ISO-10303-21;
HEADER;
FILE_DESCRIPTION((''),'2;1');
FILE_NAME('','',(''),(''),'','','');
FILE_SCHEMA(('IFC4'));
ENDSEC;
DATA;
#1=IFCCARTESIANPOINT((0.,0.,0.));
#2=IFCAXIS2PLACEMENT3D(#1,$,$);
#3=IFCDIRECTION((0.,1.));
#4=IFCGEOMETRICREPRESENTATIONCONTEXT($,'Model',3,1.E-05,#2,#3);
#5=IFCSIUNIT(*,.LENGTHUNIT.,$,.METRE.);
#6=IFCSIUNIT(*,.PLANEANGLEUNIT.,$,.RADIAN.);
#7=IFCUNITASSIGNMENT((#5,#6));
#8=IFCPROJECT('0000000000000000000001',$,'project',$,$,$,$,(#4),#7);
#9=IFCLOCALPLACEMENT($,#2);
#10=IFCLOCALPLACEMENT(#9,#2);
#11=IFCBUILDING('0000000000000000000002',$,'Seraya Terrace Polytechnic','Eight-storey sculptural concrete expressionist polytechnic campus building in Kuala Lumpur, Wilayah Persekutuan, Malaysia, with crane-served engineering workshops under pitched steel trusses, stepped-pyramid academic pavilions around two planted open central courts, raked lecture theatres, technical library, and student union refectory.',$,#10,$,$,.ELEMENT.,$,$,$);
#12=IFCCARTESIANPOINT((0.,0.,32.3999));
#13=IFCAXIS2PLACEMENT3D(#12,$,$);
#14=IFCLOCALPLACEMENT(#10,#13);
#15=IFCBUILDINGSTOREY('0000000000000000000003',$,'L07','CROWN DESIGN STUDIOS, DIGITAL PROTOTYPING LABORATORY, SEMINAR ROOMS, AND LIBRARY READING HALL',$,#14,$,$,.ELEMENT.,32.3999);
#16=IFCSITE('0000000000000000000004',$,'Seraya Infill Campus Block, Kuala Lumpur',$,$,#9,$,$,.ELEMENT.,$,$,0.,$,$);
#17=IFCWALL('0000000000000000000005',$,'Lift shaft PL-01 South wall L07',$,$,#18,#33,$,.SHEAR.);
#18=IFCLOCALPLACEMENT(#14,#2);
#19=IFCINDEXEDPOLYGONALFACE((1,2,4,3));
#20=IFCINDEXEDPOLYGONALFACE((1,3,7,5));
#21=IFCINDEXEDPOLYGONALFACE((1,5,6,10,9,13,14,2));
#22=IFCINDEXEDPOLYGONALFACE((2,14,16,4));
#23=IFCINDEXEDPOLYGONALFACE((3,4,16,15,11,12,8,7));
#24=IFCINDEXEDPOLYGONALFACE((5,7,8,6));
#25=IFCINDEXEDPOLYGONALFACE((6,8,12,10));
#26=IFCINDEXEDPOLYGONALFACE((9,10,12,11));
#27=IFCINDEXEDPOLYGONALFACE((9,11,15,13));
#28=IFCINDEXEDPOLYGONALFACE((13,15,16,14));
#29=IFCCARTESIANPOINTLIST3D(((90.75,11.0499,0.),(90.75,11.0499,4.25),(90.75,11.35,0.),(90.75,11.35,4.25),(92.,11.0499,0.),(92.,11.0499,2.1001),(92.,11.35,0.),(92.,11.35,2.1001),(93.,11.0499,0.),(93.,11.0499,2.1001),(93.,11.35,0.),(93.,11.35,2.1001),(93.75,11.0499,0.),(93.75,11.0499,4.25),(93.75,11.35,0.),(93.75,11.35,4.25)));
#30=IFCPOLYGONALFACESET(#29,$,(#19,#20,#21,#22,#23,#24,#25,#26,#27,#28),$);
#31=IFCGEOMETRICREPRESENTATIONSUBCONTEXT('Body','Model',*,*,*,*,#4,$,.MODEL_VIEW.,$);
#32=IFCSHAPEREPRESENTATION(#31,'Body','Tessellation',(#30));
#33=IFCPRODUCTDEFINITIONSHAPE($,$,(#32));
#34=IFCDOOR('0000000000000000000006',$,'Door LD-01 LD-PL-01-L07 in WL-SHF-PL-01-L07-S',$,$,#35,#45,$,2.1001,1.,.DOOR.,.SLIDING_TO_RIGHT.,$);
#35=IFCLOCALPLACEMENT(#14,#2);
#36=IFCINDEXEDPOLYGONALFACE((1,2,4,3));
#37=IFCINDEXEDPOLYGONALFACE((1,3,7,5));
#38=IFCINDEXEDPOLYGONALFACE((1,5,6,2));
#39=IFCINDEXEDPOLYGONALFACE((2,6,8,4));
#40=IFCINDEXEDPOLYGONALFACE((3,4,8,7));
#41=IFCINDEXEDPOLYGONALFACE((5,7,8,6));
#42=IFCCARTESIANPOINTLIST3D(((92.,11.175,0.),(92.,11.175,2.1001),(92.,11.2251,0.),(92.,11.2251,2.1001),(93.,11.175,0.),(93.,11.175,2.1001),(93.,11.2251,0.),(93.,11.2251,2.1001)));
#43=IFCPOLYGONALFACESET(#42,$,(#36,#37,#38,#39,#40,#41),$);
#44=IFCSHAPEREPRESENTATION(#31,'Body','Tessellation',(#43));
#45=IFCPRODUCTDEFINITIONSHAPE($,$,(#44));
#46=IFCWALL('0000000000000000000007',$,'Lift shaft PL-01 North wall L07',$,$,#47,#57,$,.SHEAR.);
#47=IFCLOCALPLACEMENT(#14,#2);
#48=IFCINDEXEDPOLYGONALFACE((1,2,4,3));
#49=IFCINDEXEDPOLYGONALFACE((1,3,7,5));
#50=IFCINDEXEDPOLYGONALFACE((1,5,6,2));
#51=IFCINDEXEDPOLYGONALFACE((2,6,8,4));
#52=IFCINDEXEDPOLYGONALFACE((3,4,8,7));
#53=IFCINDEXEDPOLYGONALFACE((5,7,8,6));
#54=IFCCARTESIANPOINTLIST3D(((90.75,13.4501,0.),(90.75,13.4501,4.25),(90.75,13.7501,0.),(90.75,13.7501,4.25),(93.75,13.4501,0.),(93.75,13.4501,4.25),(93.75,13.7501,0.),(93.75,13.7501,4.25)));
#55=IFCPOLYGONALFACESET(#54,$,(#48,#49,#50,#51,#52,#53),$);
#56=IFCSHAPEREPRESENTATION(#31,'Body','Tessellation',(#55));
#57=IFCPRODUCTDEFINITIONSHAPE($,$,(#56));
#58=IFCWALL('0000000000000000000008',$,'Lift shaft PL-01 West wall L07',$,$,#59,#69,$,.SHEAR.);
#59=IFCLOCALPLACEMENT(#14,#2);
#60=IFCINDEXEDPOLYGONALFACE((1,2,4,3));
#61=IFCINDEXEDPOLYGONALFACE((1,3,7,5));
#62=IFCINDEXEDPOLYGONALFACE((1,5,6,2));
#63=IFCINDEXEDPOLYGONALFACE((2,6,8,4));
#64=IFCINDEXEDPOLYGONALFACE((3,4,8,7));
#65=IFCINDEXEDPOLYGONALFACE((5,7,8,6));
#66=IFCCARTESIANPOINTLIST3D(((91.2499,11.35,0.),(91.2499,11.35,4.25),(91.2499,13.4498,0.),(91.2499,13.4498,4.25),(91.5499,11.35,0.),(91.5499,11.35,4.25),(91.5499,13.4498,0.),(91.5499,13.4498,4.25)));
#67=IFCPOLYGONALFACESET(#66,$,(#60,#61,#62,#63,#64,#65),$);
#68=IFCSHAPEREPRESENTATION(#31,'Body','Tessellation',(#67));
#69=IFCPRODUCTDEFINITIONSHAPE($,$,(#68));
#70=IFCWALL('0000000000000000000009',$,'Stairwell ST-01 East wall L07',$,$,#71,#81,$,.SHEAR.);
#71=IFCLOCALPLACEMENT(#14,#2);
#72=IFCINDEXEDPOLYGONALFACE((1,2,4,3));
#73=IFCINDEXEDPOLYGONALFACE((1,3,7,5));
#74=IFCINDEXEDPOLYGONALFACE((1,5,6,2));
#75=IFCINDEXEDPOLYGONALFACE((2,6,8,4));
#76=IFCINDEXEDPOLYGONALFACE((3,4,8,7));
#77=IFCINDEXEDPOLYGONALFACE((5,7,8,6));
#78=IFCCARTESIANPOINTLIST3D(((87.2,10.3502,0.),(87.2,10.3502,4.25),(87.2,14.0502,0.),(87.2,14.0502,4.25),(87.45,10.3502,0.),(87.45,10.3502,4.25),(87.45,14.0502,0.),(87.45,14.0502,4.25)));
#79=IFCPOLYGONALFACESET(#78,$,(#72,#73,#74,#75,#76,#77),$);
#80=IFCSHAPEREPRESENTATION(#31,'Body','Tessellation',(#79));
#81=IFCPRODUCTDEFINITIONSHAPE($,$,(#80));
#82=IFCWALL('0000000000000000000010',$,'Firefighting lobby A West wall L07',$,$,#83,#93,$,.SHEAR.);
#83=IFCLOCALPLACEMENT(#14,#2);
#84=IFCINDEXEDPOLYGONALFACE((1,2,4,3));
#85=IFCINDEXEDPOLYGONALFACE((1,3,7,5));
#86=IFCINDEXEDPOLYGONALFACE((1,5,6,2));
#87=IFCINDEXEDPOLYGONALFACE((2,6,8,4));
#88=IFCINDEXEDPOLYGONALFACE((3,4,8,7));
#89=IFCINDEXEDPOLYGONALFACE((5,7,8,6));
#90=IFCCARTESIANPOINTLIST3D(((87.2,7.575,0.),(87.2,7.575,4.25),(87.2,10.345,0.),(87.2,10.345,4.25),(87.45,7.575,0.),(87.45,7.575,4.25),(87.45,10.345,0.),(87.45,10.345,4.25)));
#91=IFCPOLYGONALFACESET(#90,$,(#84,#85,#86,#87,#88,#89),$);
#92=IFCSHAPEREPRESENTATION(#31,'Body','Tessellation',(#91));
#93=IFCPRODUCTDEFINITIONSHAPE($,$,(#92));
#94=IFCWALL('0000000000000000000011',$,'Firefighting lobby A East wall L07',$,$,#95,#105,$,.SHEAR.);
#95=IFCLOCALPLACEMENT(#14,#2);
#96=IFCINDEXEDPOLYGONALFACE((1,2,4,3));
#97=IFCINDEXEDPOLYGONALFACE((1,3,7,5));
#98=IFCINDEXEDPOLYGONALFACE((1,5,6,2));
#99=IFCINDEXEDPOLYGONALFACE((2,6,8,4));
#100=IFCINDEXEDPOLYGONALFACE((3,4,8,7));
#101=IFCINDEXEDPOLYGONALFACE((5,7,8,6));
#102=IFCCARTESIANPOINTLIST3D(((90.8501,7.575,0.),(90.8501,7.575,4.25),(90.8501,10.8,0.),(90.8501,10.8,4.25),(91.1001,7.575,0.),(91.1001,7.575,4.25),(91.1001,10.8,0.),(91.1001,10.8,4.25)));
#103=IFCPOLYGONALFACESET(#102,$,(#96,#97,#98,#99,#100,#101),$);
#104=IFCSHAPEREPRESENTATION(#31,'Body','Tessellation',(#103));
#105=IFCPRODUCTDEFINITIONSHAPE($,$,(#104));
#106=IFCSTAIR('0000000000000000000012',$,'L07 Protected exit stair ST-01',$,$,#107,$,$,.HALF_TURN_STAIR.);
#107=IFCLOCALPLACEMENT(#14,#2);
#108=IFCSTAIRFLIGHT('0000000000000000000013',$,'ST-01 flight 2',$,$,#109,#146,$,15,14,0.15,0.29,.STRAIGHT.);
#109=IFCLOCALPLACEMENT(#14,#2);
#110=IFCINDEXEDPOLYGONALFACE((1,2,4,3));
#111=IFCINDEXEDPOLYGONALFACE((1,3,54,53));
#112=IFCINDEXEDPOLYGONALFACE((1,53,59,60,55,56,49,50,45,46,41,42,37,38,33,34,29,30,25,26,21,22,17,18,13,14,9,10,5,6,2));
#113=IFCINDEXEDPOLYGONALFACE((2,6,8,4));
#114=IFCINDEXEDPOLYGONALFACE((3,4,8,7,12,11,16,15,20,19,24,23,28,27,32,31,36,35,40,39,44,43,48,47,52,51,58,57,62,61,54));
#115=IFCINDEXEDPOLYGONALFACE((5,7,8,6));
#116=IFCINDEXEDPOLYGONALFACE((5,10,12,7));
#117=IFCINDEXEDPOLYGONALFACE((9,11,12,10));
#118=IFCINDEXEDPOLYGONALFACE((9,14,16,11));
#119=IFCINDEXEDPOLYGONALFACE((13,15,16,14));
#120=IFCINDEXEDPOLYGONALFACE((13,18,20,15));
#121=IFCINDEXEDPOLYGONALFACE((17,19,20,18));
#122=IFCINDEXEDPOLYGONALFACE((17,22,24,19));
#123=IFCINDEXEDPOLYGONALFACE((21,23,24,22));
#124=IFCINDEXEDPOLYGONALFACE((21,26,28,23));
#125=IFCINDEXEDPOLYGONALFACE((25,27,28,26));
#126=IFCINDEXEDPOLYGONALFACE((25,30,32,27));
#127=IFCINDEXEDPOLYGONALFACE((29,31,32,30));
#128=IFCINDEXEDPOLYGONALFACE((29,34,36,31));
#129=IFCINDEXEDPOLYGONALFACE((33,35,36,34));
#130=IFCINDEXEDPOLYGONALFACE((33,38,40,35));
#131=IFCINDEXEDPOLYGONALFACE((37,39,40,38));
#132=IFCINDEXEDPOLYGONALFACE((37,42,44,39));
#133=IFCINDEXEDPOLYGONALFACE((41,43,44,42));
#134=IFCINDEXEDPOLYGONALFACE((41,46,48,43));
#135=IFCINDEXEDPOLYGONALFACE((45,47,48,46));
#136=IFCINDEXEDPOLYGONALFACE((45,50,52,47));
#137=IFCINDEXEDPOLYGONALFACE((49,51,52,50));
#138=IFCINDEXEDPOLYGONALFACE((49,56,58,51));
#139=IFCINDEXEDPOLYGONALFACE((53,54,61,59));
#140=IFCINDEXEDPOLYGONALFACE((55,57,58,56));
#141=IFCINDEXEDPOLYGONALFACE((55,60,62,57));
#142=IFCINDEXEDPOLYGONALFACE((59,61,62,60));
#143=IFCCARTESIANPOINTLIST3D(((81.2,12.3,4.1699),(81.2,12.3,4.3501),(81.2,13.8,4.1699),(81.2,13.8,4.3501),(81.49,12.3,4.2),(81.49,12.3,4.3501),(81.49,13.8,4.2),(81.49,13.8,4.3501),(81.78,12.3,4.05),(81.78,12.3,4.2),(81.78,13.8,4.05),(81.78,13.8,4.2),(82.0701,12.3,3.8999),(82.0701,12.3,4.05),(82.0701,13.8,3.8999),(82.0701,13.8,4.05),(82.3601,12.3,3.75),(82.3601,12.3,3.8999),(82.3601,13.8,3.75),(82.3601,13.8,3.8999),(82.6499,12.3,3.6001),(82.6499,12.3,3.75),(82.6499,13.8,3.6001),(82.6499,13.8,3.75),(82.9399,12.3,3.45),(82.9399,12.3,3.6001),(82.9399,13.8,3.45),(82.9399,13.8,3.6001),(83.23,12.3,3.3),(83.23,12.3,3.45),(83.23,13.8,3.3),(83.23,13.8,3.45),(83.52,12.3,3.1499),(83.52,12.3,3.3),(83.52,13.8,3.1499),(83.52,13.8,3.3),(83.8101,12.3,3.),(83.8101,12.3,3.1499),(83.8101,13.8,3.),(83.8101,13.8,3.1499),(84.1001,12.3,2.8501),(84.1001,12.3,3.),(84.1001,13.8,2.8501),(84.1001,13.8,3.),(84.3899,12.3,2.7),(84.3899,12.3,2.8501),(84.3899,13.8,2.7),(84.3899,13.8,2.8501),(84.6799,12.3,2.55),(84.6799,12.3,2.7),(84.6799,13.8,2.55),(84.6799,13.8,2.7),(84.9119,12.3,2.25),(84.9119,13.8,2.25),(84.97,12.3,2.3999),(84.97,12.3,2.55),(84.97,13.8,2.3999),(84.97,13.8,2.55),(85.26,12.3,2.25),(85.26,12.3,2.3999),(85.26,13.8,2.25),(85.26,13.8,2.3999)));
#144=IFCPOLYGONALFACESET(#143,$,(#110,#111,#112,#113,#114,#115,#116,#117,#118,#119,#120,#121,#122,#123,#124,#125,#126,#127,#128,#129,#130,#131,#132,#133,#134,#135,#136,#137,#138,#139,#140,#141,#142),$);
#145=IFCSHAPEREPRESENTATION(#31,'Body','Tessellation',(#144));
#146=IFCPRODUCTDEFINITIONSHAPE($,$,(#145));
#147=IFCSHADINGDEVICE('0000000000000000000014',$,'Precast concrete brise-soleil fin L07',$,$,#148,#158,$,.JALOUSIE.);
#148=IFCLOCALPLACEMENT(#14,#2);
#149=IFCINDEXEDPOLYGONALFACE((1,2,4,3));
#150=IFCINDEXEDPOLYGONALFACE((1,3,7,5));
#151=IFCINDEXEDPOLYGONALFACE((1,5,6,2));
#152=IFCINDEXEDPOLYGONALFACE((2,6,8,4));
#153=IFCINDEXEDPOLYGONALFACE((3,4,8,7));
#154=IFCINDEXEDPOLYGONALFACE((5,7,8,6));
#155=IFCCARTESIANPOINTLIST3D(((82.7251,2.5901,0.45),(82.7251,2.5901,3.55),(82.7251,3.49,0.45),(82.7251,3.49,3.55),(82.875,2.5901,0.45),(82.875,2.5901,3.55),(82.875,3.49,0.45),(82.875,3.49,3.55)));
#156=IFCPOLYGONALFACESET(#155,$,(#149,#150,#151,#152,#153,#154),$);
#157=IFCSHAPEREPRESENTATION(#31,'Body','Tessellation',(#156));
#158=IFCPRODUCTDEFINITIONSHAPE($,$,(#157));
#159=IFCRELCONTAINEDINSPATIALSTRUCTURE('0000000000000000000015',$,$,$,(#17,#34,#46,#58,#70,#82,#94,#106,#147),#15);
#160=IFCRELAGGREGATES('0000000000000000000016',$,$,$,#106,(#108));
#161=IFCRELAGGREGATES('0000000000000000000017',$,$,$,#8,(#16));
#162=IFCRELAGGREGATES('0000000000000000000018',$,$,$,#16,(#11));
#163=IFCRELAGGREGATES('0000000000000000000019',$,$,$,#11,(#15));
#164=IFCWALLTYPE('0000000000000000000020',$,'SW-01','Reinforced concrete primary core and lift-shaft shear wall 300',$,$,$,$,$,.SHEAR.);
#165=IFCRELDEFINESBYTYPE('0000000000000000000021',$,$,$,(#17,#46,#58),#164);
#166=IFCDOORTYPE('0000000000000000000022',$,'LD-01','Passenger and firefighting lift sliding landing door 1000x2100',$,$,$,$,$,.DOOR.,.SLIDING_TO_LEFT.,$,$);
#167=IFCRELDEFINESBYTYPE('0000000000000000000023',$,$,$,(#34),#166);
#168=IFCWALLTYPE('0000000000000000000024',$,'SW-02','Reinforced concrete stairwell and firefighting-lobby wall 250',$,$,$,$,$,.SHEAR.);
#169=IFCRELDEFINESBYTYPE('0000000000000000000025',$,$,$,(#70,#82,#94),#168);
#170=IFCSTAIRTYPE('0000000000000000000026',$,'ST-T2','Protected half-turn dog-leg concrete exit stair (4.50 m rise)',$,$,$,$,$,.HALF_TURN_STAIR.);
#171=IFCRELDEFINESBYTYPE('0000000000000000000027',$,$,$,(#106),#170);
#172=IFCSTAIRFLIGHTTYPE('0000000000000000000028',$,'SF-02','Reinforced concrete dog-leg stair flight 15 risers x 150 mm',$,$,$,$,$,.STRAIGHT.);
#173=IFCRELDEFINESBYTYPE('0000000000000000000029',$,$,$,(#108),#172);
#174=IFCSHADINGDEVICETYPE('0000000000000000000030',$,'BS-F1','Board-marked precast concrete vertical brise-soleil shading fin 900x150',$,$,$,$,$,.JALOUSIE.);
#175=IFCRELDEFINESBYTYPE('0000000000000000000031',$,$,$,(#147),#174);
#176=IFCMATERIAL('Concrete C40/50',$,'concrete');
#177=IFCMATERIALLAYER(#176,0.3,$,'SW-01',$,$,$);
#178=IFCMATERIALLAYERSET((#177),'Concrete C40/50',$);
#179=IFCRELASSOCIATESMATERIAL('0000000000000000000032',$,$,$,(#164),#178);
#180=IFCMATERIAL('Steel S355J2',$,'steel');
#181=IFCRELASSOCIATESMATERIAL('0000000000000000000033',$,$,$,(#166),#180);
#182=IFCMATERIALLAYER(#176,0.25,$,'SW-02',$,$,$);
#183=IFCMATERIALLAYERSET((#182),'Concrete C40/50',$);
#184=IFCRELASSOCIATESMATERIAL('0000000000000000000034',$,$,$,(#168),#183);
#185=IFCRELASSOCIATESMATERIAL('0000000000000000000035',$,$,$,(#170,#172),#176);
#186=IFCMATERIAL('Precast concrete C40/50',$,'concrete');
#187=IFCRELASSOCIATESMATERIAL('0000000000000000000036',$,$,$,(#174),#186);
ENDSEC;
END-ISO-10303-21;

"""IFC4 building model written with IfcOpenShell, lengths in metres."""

from ifc_helpers import new_model, si_unit, direction, frame, frame_2d, origin, origin_2d, place, context, subcontext, project, spatial, polyline, rectangle, outline, extrude, material, layer, layer_set, type_object, element, fill, aggregate, save


model = new_model("IFC4")

# Units and contexts
model_context = context("Model", 3, precision=1e-05, world=origin(), true_north=direction((0.0, 1.0)))
body_context = subcontext(model_context, "Body", "Model", "MODEL_VIEW")
ifc_project = project(units=[si_unit("LENGTHUNIT", "METRE"), si_unit("PLANEANGLEUNIT", "RADIAN")], contexts=[model_context])

# Site, building, storey
site_placement = place(None, origin())
site = spatial("IfcSite", under=ifc_project, at=site_placement, Name="Seraya Infill Campus Block, Kuala Lumpur", CompositionType="ELEMENT", RefElevation=0.0)
building_placement = place(site_placement, origin())
building = spatial("IfcBuilding", under=site, at=building_placement, Name="Seraya Terrace Polytechnic", Description="Eight-storey sculptural concrete expressionist polytechnic campus building in Kuala Lumpur, Wilayah Persekutuan, Malaysia, with crane-served engineering workshops under pitched steel trusses, stepped-pyramid academic pavilions around two planted open central courts, raked lecture theatres, technical library, and student union refectory.", CompositionType="ELEMENT")
storey_placement = place(building_placement, frame((0.0, 0.0, 32.3999)))
storey = spatial("IfcBuildingStorey", under=building, at=storey_placement, Name="L07", Description="CROWN DESIGN STUDIOS, DIGITAL PROTOTYPING LABORATORY, SEMINAR ROOMS, AND LIBRARY READING HALL", CompositionType="ELEMENT", Elevation=32.3999)

# Shared definitions
ifc_material_1 = material(Name="Concrete C40/50", Category="concrete")

# Shared definitions
ifc_material_2 = material(Name="Precast concrete C40/50", Category="concrete")

# Shared definitions
ifc_layer_1 = layer(ifc_material_1, 0.3, Name="SW-01")
ifc_layer_set_1 = layer_set([ifc_layer_1], Name="Concrete C40/50")
wall_type_1 = type_object("IfcWallType", Name="SW-01", Description="Reinforced concrete primary core and lift-shaft shear wall 300", PredefinedType="SHEAR", material=ifc_layer_set_1)
ifc_material_3 = material(Name="Steel S355J2", Category="steel")
door_type_1 = type_object("IfcDoorType", Name="LD-01", Description="Passenger and firefighting lift sliding landing door 1000x2100", OperationType="SLIDING_TO_LEFT", PredefinedType="DOOR", material=ifc_material_3)

# Wall, opening, door
wall_1_placement = place(storey_placement, frame((90.75, 11.2, 0.0), z_axis=(0.0, 0.0, 1.0), x_axis=(1.0, 0.0, 0.0)))
wall_1 = element("IfcWall", 1, at=wall_1_placement, inside=storey, type_object=wall_type_1, Name="Lift shaft PL-01 South wall L07", PredefinedType="SHEAR", context=body_context, shape_type="SweptSolid", body=[
    extrude(rectangle(XDim=3.0, YDim=0.3, at=frame_2d((1.5, 0.0))), origin(), (0.0, 0.0, 1.0), 4.25),
])
opening_1_placement = place(wall_1_placement, frame((1.25, 0.0, 0.0)))
opening_1 = element("IfcOpeningElement", 2, at=opening_1_placement, cuts=wall_1, PredefinedType="OPENING", context=body_context, shape_type="SweptSolid", body=[
    extrude(rectangle(XDim=1.0, YDim=2.1001, at=frame_2d((0.5, 1.05))), frame((0.0, 0.1621, 0.0), z_axis=(0.0, -1.0, 0.0), x_axis=(1.0, 0.0, 0.0)), (0.0, 0.0, 1.0), 0.324),
])
door_1_placement = place(opening_1_placement, frame((1.0, 0.0, 0.0), z_axis=(0.0, 0.0, 1.0), x_axis=(-1.0, 0.0, 0.0)))
door_1 = element("IfcDoor", 3, at=door_1_placement, inside=storey, type_object=door_type_1, Name="Door LD-01 LD-PL-01-L07 in WL-SHF-PL-01-L07-S", OperationType="SLIDING_TO_RIGHT", OverallHeight=2.1001, OverallWidth=1.0, PredefinedType="DOOR", context=body_context, shape_type="SweptSolid", body=[
    extrude(rectangle(XDim=1.0, YDim=2.1001, at=frame_2d((0.5, 1.05))), frame((0.0, 0.0249, 0.0), z_axis=(0.0, -1.0, 0.0), x_axis=(1.0, 0.0, 0.0)), (0.0, 0.0, 1.0), 0.05),
])
fill(opening_1, door_1)

# Walls
wall_2_placement = place(storey_placement, frame((90.75, 13.6001, 0.0), z_axis=(0.0, 0.0, 1.0), x_axis=(1.0, 0.0, 0.0)))
element("IfcWall", 4, at=wall_2_placement, inside=storey, type_object=wall_type_1, Name="Lift shaft PL-01 North wall L07", PredefinedType="SHEAR", context=body_context, shape_type="SweptSolid", body=[
    extrude(rectangle(XDim=3.0, YDim=0.3, at=frame_2d((1.5, 0.0))), origin(), (0.0, 0.0, 1.0), 4.25),
])
wall_3_placement = place(storey_placement, frame((91.3999, 11.3501, 0.0), z_axis=(0.0, 0.0, 1.0), x_axis=(0.0, 1.0, 0.0)))
element("IfcWall", 5, at=wall_3_placement, inside=storey, type_object=wall_type_1, Name="Lift shaft PL-01 West wall L07", PredefinedType="SHEAR", context=body_context, shape_type="SweptSolid", body=[
    extrude(rectangle(XDim=2.0999, YDim=0.3, at=frame_2d((1.0498, 0.0))), origin(), (0.0, 0.0, 1.0), 4.25),
])
ifc_layer_2 = layer(ifc_material_1, 0.25, Name="SW-02")
ifc_layer_set_2 = layer_set([ifc_layer_2], Name="Concrete C40/50")
wall_type_2 = type_object("IfcWallType", Name="SW-02", Description="Reinforced concrete stairwell and firefighting-lobby wall 250", PredefinedType="SHEAR", material=ifc_layer_set_2)
wall_4_placement = place(storey_placement, frame((87.325, 10.3501, 0.0), z_axis=(0.0, 0.0, 1.0), x_axis=(0.0, 1.0, 0.0)))
element("IfcWall", 6, at=wall_4_placement, inside=storey, type_object=wall_type_2, Name="Stairwell ST-01 East wall L07", PredefinedType="SHEAR", context=body_context, shape_type="SweptSolid", body=[
    extrude(rectangle(XDim=3.7, YDim=0.25, at=frame_2d((1.8501, 0.0))), origin(), (0.0, 0.0, 1.0), 4.25),
])

# Walls
wall_5_placement = place(storey_placement, frame((87.325, 7.575, 0.0), z_axis=(0.0, 0.0, 1.0), x_axis=(0.0, 1.0, 0.0)))
element("IfcWall", 7, at=wall_5_placement, inside=storey, type_object=wall_type_2, Name="Firefighting lobby A West wall L07", PredefinedType="SHEAR", context=body_context, shape_type="SweptSolid", body=[
    extrude(rectangle(XDim=2.77, YDim=0.25, at=frame_2d((1.385, 0.0))), origin(), (0.0, 0.0, 1.0), 4.25),
])
wall_6_placement = place(storey_placement, frame((90.9751, 7.575, 0.0), z_axis=(0.0, 0.0, 1.0), x_axis=(0.0, 1.0, 0.0)))
element("IfcWall", 8, at=wall_6_placement, inside=storey, type_object=wall_type_2, Name="Firefighting lobby A East wall L07", PredefinedType="SHEAR", context=body_context, shape_type="SweptSolid", body=[
    extrude(rectangle(XDim=3.2251, YDim=0.25, at=frame_2d((1.6125, 0.0))), origin(), (0.0, 0.0, 1.0), 4.25),
])

# Stair, stair flight
stair_type = type_object("IfcStairType", Name="ST-T2", Description="Protected half-turn dog-leg concrete exit stair (4.50 m rise)", PredefinedType="HALF_TURN_STAIR", material=ifc_material_1)
stair_placement = place(storey_placement, origin())
stair = element("IfcStair", 9, at=stair_placement, inside=storey, type_object=stair_type, Name="L07 Protected exit stair ST-01", PredefinedType="HALF_TURN_STAIR")
stair_flight_type = type_object("IfcStairFlightType", Name="SF-02", Description="Reinforced concrete dog-leg stair flight 15 risers x 150 mm", PredefinedType="STRAIGHT", material=ifc_material_1)
stair_flight_placement = place(storey_placement, frame((85.26, 13.05, 2.25), z_axis=(0.0, 0.0, 1.0), x_axis=(-1.0, 0.0, 0.0)))
stair_flight = element("IfcStairFlight", 10, at=stair_flight_placement, type_object=stair_flight_type, Name="ST-01 flight 2", NumberOfRisers=15, NumberOfTreads=14, PredefinedType="STRAIGHT", RiserHeight=0.15, TreadLength=0.29, context=body_context, shape_type="SweptSolid", body=[
    extrude(outline(polyline([(0.0, 0.0), (0.0, 0.1499), (0.29, 0.1499), (0.29, 0.3), (0.5801, 0.3), (0.5801, 0.45), (0.8701, 0.45), (0.8701, 0.6001), (1.1599, 0.6001), (1.1599, 0.75), (1.45, 0.75), (1.45, 0.8999), (1.74, 0.8999), (1.74, 1.05), (2.03, 1.05), (2.03, 1.2), (2.3201, 1.2), (2.3201, 1.3501), (2.6101, 1.3501), (2.6101, 1.5), (2.8999, 1.5), (2.8999, 1.6499), (3.1899, 1.6499), (3.1899, 1.8), (3.48, 1.8), (3.48, 1.95), (3.77, 1.95), (3.77, 2.1001), (4.0601, 2.1001), (4.0601, 2.25), (4.0601, 1.9199), (0.3481, 0.0), (0.0, 0.0)])), frame((0.0, 0.75, 0.0), z_axis=(0.0, -1.0, 0.0), x_axis=(1.0, 0.0, 0.0)), (0.0, 0.0, 1.0), 1.5),
])
aggregate(stair, [stair_flight])

# Shading device
shading_device_type = type_object("IfcShadingDeviceType", Name="BS-F1", Description="Board-marked precast concrete vertical brise-soleil shading fin 900x150", PredefinedType="JALOUSIE", material=ifc_material_2)
shading_device_placement = place(storey_placement, frame((82.8, 3.04, 0.45), z_axis=(0.0, 0.0, 1.0), x_axis=(0.0, -1.0, 0.0)))
element("IfcShadingDevice", 11, at=shading_device_placement, inside=storey, type_object=shading_device_type, Name="Precast concrete brise-soleil fin L07", PredefinedType="JALOUSIE", context=body_context, shape_type="SweptSolid", body=[
    extrude(rectangle(XDim=0.8999, YDim=0.1499, at=origin_2d()), origin(), (0.0, 0.0, 1.0), 3.1001),
])

save(model, "model.ifc")
